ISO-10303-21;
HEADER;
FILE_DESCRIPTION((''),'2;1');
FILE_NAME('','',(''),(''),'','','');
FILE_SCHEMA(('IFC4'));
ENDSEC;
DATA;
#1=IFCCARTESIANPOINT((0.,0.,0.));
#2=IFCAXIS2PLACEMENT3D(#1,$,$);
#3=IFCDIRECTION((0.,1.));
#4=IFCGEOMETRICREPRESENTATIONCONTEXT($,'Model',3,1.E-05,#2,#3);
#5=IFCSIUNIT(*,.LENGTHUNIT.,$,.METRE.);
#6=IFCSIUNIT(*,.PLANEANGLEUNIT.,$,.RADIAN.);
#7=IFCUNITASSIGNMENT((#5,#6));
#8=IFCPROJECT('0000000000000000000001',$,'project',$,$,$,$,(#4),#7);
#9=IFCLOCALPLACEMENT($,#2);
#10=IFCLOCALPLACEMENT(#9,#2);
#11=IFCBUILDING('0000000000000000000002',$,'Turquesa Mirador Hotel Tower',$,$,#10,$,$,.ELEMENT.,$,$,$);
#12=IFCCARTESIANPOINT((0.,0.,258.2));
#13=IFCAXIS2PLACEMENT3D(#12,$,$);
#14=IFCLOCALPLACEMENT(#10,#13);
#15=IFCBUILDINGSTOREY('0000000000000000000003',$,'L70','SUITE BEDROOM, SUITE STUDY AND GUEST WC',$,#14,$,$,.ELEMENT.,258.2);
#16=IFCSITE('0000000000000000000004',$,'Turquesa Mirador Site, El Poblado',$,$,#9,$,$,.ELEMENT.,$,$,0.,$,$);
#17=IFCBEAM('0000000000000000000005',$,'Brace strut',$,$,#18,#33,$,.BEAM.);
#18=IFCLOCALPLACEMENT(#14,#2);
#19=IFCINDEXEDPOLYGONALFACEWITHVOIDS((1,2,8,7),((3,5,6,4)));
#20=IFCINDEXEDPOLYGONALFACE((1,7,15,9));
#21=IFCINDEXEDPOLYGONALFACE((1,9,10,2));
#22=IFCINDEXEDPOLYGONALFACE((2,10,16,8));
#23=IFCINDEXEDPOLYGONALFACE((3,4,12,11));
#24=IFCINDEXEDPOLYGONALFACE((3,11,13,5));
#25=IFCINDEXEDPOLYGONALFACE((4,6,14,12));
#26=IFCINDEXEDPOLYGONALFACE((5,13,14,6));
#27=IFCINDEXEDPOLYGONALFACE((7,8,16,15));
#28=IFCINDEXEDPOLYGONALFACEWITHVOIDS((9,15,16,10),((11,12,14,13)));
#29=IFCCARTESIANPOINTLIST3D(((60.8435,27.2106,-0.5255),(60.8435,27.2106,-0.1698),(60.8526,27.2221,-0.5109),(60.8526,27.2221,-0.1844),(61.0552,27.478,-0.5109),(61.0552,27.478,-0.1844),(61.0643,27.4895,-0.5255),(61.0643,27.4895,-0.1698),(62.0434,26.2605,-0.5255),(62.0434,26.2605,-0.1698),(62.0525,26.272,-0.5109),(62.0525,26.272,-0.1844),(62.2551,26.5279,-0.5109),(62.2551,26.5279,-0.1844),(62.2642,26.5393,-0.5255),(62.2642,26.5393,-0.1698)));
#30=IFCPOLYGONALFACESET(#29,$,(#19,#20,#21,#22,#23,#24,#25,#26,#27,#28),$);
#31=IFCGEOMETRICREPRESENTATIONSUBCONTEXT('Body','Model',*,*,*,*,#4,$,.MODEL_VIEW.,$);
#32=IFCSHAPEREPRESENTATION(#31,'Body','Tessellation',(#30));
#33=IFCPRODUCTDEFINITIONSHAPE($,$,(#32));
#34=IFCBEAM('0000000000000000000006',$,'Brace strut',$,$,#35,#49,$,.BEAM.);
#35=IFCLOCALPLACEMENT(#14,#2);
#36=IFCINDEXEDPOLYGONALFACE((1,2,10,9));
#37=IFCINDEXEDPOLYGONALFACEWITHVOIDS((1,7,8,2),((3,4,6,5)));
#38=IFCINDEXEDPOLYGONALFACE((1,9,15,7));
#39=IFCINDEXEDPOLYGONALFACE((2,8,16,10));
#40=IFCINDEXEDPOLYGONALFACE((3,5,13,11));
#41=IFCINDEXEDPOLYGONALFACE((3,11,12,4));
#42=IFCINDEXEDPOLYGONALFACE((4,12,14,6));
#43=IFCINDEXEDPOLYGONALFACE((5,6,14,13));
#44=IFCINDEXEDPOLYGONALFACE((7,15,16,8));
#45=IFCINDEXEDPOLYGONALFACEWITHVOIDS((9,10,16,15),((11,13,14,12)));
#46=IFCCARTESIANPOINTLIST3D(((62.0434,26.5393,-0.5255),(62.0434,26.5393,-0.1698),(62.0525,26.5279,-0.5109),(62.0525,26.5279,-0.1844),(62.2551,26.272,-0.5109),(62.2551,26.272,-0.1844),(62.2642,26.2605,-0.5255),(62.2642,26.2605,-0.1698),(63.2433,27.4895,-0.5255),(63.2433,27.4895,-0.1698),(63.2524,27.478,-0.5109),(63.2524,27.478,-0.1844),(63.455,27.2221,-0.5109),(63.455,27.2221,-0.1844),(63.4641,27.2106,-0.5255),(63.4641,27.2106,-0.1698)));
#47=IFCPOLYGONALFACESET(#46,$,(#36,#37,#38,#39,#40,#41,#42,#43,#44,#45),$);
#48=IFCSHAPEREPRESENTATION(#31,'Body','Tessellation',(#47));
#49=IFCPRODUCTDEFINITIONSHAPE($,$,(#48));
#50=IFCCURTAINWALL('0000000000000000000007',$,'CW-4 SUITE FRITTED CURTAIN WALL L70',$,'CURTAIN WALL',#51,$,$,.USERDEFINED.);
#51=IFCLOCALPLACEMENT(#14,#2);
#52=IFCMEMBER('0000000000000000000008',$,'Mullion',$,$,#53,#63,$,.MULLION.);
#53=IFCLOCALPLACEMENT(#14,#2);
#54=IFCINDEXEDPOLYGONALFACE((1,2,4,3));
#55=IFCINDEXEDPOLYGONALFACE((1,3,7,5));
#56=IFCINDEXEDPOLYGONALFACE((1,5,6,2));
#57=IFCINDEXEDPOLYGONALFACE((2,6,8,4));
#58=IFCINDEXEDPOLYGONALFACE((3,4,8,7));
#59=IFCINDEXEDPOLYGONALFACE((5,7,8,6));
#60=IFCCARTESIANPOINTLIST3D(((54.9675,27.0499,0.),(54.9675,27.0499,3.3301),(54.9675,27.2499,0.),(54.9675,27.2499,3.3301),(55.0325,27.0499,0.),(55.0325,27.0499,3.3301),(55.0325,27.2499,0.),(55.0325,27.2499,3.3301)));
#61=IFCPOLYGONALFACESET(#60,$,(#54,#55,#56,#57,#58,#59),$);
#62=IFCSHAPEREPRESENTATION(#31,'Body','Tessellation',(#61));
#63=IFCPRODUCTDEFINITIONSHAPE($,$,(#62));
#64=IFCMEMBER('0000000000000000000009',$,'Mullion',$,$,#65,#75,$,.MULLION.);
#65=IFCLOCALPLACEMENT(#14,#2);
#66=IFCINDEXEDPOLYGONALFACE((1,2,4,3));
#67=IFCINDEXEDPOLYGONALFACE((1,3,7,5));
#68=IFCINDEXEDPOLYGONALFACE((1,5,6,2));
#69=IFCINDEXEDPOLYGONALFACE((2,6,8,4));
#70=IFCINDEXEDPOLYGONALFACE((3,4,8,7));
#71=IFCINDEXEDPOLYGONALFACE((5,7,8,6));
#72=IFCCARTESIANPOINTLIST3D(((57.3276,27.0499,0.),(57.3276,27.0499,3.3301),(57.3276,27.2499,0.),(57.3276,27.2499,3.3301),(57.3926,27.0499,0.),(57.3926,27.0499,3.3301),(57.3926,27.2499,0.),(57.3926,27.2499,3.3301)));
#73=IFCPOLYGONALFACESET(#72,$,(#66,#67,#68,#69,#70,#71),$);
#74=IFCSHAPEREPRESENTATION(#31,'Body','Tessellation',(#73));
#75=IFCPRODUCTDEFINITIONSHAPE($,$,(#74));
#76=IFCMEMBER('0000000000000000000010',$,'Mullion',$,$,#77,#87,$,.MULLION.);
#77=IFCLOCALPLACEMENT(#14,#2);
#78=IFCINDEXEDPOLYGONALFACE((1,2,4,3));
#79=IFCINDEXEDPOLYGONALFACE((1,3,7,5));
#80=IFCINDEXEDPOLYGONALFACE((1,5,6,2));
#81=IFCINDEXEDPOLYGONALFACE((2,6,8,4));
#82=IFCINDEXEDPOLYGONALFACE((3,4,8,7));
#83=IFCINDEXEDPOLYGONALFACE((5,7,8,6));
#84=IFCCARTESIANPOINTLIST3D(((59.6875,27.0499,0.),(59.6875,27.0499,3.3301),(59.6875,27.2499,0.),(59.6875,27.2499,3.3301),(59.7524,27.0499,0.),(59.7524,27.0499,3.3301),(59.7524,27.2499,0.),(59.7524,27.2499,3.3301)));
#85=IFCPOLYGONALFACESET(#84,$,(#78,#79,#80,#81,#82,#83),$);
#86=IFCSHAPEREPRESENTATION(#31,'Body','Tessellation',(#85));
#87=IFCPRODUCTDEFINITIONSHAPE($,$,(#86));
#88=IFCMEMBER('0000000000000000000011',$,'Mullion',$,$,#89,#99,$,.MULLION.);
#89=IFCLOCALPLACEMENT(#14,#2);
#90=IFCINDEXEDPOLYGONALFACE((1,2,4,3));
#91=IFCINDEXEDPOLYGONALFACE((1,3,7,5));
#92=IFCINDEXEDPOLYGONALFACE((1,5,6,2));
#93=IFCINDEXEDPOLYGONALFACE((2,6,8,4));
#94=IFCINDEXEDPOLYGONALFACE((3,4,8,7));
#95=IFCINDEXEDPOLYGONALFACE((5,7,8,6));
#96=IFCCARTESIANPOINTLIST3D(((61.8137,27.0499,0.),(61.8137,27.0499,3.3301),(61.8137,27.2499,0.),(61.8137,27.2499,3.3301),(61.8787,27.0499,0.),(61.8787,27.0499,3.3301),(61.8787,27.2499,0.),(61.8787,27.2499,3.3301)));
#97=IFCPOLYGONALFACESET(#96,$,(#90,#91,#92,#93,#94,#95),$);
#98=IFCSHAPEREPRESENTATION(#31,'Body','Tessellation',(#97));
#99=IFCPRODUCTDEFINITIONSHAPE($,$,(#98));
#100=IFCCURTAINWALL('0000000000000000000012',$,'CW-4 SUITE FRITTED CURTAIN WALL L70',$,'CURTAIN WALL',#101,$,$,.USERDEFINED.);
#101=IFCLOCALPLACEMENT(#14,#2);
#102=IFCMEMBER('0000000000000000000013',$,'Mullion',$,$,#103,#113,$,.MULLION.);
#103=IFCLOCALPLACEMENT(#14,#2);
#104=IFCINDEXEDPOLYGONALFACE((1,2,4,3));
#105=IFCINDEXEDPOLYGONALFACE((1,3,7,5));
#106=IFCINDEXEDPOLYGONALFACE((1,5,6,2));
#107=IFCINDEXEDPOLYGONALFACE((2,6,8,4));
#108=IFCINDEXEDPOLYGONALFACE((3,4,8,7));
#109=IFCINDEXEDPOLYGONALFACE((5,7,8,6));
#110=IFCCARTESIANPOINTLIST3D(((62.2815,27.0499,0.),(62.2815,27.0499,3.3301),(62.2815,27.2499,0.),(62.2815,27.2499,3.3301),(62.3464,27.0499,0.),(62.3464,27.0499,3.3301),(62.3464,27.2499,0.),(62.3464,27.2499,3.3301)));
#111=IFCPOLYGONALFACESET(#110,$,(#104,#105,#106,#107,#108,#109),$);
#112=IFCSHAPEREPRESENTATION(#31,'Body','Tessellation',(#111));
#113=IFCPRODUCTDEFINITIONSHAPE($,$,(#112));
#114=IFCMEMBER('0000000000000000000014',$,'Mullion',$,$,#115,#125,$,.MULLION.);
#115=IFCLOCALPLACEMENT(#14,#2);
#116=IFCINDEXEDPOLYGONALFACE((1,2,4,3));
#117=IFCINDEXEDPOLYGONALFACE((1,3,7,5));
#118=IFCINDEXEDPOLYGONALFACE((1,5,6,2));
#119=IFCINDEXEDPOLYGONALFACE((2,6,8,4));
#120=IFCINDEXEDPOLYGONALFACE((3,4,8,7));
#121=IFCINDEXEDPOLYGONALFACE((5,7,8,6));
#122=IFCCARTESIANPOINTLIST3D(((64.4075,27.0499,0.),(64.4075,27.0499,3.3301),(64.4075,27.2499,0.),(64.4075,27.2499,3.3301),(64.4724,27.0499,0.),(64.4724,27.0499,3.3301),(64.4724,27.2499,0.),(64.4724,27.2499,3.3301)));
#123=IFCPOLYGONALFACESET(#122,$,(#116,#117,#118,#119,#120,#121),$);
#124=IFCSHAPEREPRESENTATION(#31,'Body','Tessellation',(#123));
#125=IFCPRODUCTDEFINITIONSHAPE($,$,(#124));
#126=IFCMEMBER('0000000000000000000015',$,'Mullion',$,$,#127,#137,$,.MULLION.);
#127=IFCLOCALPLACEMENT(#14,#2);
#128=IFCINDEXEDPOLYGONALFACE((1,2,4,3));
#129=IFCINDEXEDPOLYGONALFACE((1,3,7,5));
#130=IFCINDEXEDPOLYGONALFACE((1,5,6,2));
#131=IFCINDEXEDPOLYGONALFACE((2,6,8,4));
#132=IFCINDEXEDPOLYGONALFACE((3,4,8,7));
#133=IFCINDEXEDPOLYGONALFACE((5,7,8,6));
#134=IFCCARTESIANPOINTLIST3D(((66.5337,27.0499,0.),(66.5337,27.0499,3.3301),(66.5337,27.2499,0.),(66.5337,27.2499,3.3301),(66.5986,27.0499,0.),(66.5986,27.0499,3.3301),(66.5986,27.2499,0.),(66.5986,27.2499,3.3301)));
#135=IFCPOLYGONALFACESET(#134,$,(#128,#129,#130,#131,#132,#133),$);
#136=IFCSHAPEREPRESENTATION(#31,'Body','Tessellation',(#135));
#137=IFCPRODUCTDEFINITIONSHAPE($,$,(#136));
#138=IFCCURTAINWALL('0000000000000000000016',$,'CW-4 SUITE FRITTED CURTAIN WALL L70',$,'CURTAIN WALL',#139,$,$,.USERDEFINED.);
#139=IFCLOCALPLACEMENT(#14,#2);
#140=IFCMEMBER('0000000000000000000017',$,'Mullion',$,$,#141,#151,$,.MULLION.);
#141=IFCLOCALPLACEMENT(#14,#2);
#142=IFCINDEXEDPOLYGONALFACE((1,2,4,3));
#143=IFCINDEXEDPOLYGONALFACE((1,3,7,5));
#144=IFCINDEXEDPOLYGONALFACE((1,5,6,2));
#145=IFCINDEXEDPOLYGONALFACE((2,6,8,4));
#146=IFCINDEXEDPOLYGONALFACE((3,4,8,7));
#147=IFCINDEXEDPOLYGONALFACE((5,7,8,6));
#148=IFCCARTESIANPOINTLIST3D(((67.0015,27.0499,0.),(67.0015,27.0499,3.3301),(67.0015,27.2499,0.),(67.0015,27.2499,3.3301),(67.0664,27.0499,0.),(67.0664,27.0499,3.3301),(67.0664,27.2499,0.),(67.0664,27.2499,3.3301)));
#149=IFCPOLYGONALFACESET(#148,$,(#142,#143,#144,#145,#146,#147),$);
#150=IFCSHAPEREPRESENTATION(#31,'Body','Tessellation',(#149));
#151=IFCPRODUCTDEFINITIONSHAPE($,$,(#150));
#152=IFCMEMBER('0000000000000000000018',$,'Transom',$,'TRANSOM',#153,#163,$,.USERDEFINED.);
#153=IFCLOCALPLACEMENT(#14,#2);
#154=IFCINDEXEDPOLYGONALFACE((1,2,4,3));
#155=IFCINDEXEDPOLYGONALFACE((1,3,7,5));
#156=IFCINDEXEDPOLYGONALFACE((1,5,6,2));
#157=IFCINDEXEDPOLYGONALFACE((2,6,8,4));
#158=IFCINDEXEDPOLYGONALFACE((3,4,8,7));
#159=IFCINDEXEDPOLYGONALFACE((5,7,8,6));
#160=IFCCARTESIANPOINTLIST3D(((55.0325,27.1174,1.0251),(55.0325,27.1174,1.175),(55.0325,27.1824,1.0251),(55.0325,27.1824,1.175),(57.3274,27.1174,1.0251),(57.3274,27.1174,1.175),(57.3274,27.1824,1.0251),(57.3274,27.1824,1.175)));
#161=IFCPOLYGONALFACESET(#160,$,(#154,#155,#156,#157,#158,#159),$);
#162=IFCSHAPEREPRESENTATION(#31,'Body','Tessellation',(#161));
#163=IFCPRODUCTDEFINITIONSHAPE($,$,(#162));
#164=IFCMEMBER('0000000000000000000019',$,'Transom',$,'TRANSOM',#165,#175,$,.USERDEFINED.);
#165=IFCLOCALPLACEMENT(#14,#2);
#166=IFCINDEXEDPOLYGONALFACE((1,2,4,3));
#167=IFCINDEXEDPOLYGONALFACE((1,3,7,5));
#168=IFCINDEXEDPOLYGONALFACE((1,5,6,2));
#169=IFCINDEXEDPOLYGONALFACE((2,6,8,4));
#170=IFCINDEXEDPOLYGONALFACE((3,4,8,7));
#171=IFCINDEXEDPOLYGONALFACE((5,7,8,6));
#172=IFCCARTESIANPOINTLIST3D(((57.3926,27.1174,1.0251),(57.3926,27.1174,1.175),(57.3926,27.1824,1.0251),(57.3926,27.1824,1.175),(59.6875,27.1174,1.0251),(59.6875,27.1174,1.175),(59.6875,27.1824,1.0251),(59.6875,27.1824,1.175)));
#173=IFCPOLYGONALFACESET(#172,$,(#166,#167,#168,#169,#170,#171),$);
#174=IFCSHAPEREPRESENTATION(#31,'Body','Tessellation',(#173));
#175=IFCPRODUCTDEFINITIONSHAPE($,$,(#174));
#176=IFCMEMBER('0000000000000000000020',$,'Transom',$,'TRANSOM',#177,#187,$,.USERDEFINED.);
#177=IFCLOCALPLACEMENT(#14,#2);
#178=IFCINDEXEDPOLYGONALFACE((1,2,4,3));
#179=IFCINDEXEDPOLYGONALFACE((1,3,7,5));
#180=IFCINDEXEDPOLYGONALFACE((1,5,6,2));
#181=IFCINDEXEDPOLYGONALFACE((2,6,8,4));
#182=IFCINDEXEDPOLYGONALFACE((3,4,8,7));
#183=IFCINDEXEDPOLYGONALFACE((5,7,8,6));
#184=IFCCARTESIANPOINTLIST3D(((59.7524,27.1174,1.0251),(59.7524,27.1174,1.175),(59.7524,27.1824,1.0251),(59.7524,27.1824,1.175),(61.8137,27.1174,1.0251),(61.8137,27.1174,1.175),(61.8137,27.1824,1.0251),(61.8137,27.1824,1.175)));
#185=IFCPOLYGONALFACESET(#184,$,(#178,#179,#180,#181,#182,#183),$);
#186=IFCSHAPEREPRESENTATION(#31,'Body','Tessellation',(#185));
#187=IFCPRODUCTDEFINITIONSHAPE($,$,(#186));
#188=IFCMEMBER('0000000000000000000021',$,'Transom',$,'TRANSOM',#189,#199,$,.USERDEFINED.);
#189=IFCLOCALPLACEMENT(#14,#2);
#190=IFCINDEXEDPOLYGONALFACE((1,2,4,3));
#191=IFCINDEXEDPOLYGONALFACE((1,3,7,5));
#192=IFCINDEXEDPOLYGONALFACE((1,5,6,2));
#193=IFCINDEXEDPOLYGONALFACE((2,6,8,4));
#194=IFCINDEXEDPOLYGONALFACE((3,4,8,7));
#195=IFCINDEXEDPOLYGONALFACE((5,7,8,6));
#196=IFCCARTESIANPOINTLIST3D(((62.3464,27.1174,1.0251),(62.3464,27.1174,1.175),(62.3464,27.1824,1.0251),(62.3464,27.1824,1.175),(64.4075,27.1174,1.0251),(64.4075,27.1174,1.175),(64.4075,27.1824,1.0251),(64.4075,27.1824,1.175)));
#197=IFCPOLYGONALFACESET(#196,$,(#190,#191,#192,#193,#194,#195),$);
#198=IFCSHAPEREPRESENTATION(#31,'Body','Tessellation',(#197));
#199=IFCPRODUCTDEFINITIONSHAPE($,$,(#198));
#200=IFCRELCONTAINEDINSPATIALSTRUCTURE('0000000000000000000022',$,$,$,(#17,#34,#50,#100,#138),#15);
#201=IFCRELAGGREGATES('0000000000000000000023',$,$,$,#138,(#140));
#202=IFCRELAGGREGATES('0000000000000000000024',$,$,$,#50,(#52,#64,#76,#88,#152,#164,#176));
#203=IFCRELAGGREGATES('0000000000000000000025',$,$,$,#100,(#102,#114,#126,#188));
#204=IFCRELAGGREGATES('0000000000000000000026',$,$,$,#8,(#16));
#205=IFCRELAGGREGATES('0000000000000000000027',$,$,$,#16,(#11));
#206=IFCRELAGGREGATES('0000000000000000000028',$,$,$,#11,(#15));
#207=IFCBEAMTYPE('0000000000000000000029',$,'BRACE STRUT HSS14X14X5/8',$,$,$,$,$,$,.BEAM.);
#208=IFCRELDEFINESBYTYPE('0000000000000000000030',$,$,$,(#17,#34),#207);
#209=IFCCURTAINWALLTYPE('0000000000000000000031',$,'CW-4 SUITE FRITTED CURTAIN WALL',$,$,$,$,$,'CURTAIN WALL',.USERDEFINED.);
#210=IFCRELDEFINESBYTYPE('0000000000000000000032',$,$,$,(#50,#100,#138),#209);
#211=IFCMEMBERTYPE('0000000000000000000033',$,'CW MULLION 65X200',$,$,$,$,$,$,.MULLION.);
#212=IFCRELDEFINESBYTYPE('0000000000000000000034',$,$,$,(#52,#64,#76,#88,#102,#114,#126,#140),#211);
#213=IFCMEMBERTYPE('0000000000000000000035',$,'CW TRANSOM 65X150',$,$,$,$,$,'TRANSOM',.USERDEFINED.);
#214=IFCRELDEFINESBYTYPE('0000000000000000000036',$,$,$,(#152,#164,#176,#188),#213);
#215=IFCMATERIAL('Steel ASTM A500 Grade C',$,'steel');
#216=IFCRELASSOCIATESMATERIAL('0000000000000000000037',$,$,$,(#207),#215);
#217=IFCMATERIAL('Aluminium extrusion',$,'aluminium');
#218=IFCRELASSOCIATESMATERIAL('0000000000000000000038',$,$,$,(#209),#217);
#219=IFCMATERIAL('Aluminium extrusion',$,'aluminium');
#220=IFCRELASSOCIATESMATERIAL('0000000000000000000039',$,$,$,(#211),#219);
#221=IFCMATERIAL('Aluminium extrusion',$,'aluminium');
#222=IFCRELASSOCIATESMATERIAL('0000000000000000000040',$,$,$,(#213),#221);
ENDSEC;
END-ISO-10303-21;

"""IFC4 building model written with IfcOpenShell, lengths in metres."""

from ifc_helpers import new_model, si_unit, direction, frame, origin, origin_2d, place, context, subcontext, project, spatial, rectangle, hollow_rectangle, extrude, material, material_profile, profile_set, type_object, element, aggregate, save


model = new_model("IFC4")

# Units and contexts
model_context = context("Model", 3, precision=1e-05, world=origin(), true_north=direction((0.0, 1.0)))
body_context = subcontext(model_context, "Body", "Model", "MODEL_VIEW")
ifc_project = project(units=[si_unit("LENGTHUNIT", "METRE"), si_unit("PLANEANGLEUNIT", "RADIAN")], contexts=[model_context])

# Site, building, storey
site_placement = place(None, origin())
site = spatial("IfcSite", under=ifc_project, at=site_placement, Name="Turquesa Mirador Site, El Poblado", CompositionType="ELEMENT", RefElevation=0.0)
building_placement = place(site_placement, origin())
building = spatial("IfcBuilding", under=site, at=building_placement, Name="Turquesa Mirador Hotel Tower", CompositionType="ELEMENT")
storey_placement = place(building_placement, frame((0.0, 0.0, 258.2)))
storey = spatial("IfcBuildingStorey", under=building, at=storey_placement, Name="L70", Description="SUITE BEDROOM, SUITE STUDY AND GUEST WC", CompositionType="ELEMENT", Elevation=258.2)

# Beams
ifc_material_1 = material(Name="Steel ASTM A500 Grade C", Category="steel")
ifc_material_profile_1 = material_profile(ifc_material_1, hollow_rectangle(XDim=0.3557, YDim=0.3557, WallThickness=0.0146, at=origin_2d()), Name="HSS14X14X5/8")
ifc_profile_set_1 = profile_set([ifc_material_profile_1], Name="Steel ASTM A500 Grade C")
beam_type = type_object("IfcBeamType", Name="BRACE STRUT HSS14X14X5/8", PredefinedType="BEAM", material=ifc_profile_set_1)
for number, where, z_axis, x_axis, name in (
    (1, (62.1538, 26.3999, -0.3477), (-0.783971, 0.620797, 0.0), (-0.620797, -0.783971, 0.0), "Brace strut"),
    (2, (62.1538, 26.3999, -0.3477), (0.783971, 0.620797, 0.0), (-0.620797, 0.783971, 0.0), "Brace strut"),
):
    element("IfcBeam", number, at=place(storey_placement, frame(where, z_axis=z_axis, x_axis=x_axis)), inside=storey, type_object=beam_type, Name=name, PredefinedType="BEAM", context=body_context, shape_type="SweptSolid", body=[
        extrude(hollow_rectangle(XDim=0.3557, YDim=0.3557, WallThickness=0.0146, at=origin_2d()), origin(), (0.0, 0.0, 1.0), 1.5305),
    ])

# Curtain walls, members
ifc_material_2 = material(Name="Aluminium extrusion", Category="aluminium")
curtain_wall_type = type_object("IfcCurtainWallType", Name="CW-4 SUITE FRITTED CURTAIN WALL", ElementType="CURTAIN WALL", PredefinedType="USERDEFINED", material=ifc_material_2)
curtain_wall_1_placement = place(storey_placement, origin())
curtain_wall_1 = element("IfcCurtainWall", 3, at=curtain_wall_1_placement, inside=storey, type_object=curtain_wall_type, Name="CW-4 SUITE FRITTED CURTAIN WALL L70", ObjectType="CURTAIN WALL", PredefinedType="USERDEFINED")
ifc_material_3 = material(Name="Aluminium extrusion", Category="aluminium")
ifc_material_profile_2 = material_profile(ifc_material_3, rectangle(XDim=0.0649, YDim=0.2, at=origin_2d()), Name="MULLION 65X200")
ifc_profile_set_2 = profile_set([ifc_material_profile_2], Name="Aluminium extrusion")
member_type_1 = type_object("IfcMemberType", Name="CW MULLION 65X200", PredefinedType="MULLION", material=ifc_profile_set_2)
member_1_placement = place(storey_placement, frame((55.0, 27.1499, 0.0), z_axis=(0.0, 0.0, 1.0), x_axis=(1.0, 0.0, 0.0)))
member_1 = element("IfcMember", 4, at=member_1_placement, type_object=member_type_1, Name="Mullion", PredefinedType="MULLION", context=body_context, shape_type="SweptSolid", body=[
    extrude(rectangle(XDim=0.0649, YDim=0.2, at=origin_2d()), origin(), (0.0, 0.0, 1.0), 3.3301),
])
member_2_placement = place(storey_placement, frame((57.3601, 27.1499, 0.0), z_axis=(0.0, 0.0, 1.0), x_axis=(1.0, 0.0, 0.0)))
member_2 = element("IfcMember", 5, at=member_2_placement, type_object=member_type_1, Name="Mullion", PredefinedType="MULLION", context=body_context, shape_type="SweptSolid", body=[
    extrude(rectangle(XDim=0.0649, YDim=0.2, at=origin_2d()), origin(), (0.0, 0.0, 1.0), 3.3301),
])
member_3_placement = place(storey_placement, frame((59.72, 27.1499, 0.0), z_axis=(0.0, 0.0, 1.0), x_axis=(1.0, 0.0, 0.0)))
member_3 = element("IfcMember", 6, at=member_3_placement, type_object=member_type_1, Name="Mullion", PredefinedType="MULLION", context=body_context, shape_type="SweptSolid", body=[
    extrude(rectangle(XDim=0.0649, YDim=0.2, at=origin_2d()), origin(), (0.0, 0.0, 1.0), 3.3301),
])
member_4_placement = place(storey_placement, frame((61.8462, 27.1499, 0.0), z_axis=(0.0, 0.0, 1.0), x_axis=(1.0, 0.0, 0.0)))
member_4 = element("IfcMember", 7, at=member_4_placement, type_object=member_type_1, Name="Mullion", PredefinedType="MULLION", context=body_context, shape_type="SweptSolid", body=[
    extrude(rectangle(XDim=0.0649, YDim=0.2, at=origin_2d()), origin(), (0.0, 0.0, 1.0), 3.3301),
])
curtain_wall_2_placement = place(storey_placement, origin())
curtain_wall_2 = element("IfcCurtainWall", 8, at=curtain_wall_2_placement, inside=storey, type_object=curtain_wall_type, Name="CW-4 SUITE FRITTED CURTAIN WALL L70", ObjectType="CURTAIN WALL", PredefinedType="USERDEFINED")
member_5_placement = place(storey_placement, frame((62.314, 27.1499, 0.0), z_axis=(0.0, 0.0, 1.0), x_axis=(1.0, 0.0, 0.0)))
member_5 = element("IfcMember", 9, at=member_5_placement, type_object=member_type_1, Name="Mullion", PredefinedType="MULLION", context=body_context, shape_type="SweptSolid", body=[
    extrude(rectangle(XDim=0.0649, YDim=0.2, at=origin_2d()), origin(), (0.0, 0.0, 1.0), 3.3301),
])
member_6_placement = place(storey_placement, frame((64.4399, 27.1499, 0.0), z_axis=(0.0, 0.0, 1.0), x_axis=(1.0, 0.0, 0.0)))
member_6 = element("IfcMember", 10, at=member_6_placement, type_object=member_type_1, Name="Mullion", PredefinedType="MULLION", context=body_context, shape_type="SweptSolid", body=[
    extrude(rectangle(XDim=0.0649, YDim=0.2, at=origin_2d()), origin(), (0.0, 0.0, 1.0), 3.3301),
])
member_7_placement = place(storey_placement, frame((66.5662, 27.1499, 0.0), z_axis=(0.0, 0.0, 1.0), x_axis=(1.0, 0.0, 0.0)))
member_7 = element("IfcMember", 11, at=member_7_placement, type_object=member_type_1, Name="Mullion", PredefinedType="MULLION", context=body_context, shape_type="SweptSolid", body=[
    extrude(rectangle(XDim=0.0649, YDim=0.2, at=origin_2d()), origin(), (0.0, 0.0, 1.0), 3.3301),
])

# Curtain wall, member
curtain_wall_3_placement = place(storey_placement, origin())
curtain_wall_3 = element("IfcCurtainWall", 12, at=curtain_wall_3_placement, inside=storey, type_object=curtain_wall_type, Name="CW-4 SUITE FRITTED CURTAIN WALL L70", ObjectType="CURTAIN WALL", PredefinedType="USERDEFINED")
member_8_placement = place(storey_placement, frame((67.0339, 27.1499, 0.0), z_axis=(0.0, 0.0, 1.0), x_axis=(1.0, 0.0, 0.0)))
member_8 = element("IfcMember", 13, at=member_8_placement, type_object=member_type_1, Name="Mullion", PredefinedType="MULLION", context=body_context, shape_type="SweptSolid", body=[
    extrude(rectangle(XDim=0.0649, YDim=0.2, at=origin_2d()), origin(), (0.0, 0.0, 1.0), 3.3301),
])

# Members
ifc_material_4 = material(Name="Aluminium extrusion", Category="aluminium")
ifc_material_profile_3 = material_profile(ifc_material_4, rectangle(XDim=0.0649, YDim=0.1499, at=origin_2d()), Name="TRANSOM 65X150")
ifc_profile_set_3 = profile_set([ifc_material_profile_3], Name="Aluminium extrusion")
member_type_2 = type_object("IfcMemberType", Name="CW TRANSOM 65X150", ElementType="TRANSOM", PredefinedType="USERDEFINED", material=ifc_profile_set_3)
member_9_placement = place(storey_placement, frame((55.0325, 27.1499, 1.1001), z_axis=(1.0, 0.0, 0.0), x_axis=(0.0, 1.0, 0.0)))
member_9 = element("IfcMember", 14, at=member_9_placement, type_object=member_type_2, Name="Transom", ObjectType="TRANSOM", PredefinedType="USERDEFINED", context=body_context, shape_type="SweptSolid", body=[
    extrude(rectangle(XDim=0.0649, YDim=0.1499, at=origin_2d()), origin(), (0.0, 0.0, 1.0), 2.2949),
])
member_10_placement = place(storey_placement, frame((57.3926, 27.1499, 1.1001), z_axis=(1.0, 0.0, 0.0), x_axis=(0.0, 1.0, 0.0)))
member_10 = element("IfcMember", 15, at=member_10_placement, type_object=member_type_2, Name="Transom", ObjectType="TRANSOM", PredefinedType="USERDEFINED", context=body_context, shape_type="SweptSolid", body=[
    extrude(rectangle(XDim=0.0649, YDim=0.1499, at=origin_2d()), origin(), (0.0, 0.0, 1.0), 2.2949),
])
member_11_placement = place(storey_placement, frame((59.7524, 27.1499, 1.1001), z_axis=(1.0, 0.0, 0.0), x_axis=(0.0, 1.0, 0.0)))
member_11 = element("IfcMember", 16, at=member_11_placement, type_object=member_type_2, Name="Transom", ObjectType="TRANSOM", PredefinedType="USERDEFINED", context=body_context, shape_type="SweptSolid", body=[
    extrude(rectangle(XDim=0.0649, YDim=0.1499, at=origin_2d()), origin(), (0.0, 0.0, 1.0), 2.0613),
])
member_12_placement = place(storey_placement, frame((62.3464, 27.1499, 1.1001), z_axis=(1.0, 0.0, 0.0), x_axis=(0.0, 1.0, 0.0)))
member_12 = element("IfcMember", 17, at=member_12_placement, type_object=member_type_2, Name="Transom", ObjectType="TRANSOM", PredefinedType="USERDEFINED", context=body_context, shape_type="SweptSolid", body=[
    extrude(rectangle(XDim=0.0649, YDim=0.1499, at=origin_2d()), origin(), (0.0, 0.0, 1.0), 2.061),
])

aggregate(curtain_wall_3, [member_8])
aggregate(curtain_wall_1, [member_1, member_2, member_3, member_4, member_9, member_10, member_11])
aggregate(curtain_wall_2, [member_5, member_6, member_7, member_12])

save(model, "model.ifc")
